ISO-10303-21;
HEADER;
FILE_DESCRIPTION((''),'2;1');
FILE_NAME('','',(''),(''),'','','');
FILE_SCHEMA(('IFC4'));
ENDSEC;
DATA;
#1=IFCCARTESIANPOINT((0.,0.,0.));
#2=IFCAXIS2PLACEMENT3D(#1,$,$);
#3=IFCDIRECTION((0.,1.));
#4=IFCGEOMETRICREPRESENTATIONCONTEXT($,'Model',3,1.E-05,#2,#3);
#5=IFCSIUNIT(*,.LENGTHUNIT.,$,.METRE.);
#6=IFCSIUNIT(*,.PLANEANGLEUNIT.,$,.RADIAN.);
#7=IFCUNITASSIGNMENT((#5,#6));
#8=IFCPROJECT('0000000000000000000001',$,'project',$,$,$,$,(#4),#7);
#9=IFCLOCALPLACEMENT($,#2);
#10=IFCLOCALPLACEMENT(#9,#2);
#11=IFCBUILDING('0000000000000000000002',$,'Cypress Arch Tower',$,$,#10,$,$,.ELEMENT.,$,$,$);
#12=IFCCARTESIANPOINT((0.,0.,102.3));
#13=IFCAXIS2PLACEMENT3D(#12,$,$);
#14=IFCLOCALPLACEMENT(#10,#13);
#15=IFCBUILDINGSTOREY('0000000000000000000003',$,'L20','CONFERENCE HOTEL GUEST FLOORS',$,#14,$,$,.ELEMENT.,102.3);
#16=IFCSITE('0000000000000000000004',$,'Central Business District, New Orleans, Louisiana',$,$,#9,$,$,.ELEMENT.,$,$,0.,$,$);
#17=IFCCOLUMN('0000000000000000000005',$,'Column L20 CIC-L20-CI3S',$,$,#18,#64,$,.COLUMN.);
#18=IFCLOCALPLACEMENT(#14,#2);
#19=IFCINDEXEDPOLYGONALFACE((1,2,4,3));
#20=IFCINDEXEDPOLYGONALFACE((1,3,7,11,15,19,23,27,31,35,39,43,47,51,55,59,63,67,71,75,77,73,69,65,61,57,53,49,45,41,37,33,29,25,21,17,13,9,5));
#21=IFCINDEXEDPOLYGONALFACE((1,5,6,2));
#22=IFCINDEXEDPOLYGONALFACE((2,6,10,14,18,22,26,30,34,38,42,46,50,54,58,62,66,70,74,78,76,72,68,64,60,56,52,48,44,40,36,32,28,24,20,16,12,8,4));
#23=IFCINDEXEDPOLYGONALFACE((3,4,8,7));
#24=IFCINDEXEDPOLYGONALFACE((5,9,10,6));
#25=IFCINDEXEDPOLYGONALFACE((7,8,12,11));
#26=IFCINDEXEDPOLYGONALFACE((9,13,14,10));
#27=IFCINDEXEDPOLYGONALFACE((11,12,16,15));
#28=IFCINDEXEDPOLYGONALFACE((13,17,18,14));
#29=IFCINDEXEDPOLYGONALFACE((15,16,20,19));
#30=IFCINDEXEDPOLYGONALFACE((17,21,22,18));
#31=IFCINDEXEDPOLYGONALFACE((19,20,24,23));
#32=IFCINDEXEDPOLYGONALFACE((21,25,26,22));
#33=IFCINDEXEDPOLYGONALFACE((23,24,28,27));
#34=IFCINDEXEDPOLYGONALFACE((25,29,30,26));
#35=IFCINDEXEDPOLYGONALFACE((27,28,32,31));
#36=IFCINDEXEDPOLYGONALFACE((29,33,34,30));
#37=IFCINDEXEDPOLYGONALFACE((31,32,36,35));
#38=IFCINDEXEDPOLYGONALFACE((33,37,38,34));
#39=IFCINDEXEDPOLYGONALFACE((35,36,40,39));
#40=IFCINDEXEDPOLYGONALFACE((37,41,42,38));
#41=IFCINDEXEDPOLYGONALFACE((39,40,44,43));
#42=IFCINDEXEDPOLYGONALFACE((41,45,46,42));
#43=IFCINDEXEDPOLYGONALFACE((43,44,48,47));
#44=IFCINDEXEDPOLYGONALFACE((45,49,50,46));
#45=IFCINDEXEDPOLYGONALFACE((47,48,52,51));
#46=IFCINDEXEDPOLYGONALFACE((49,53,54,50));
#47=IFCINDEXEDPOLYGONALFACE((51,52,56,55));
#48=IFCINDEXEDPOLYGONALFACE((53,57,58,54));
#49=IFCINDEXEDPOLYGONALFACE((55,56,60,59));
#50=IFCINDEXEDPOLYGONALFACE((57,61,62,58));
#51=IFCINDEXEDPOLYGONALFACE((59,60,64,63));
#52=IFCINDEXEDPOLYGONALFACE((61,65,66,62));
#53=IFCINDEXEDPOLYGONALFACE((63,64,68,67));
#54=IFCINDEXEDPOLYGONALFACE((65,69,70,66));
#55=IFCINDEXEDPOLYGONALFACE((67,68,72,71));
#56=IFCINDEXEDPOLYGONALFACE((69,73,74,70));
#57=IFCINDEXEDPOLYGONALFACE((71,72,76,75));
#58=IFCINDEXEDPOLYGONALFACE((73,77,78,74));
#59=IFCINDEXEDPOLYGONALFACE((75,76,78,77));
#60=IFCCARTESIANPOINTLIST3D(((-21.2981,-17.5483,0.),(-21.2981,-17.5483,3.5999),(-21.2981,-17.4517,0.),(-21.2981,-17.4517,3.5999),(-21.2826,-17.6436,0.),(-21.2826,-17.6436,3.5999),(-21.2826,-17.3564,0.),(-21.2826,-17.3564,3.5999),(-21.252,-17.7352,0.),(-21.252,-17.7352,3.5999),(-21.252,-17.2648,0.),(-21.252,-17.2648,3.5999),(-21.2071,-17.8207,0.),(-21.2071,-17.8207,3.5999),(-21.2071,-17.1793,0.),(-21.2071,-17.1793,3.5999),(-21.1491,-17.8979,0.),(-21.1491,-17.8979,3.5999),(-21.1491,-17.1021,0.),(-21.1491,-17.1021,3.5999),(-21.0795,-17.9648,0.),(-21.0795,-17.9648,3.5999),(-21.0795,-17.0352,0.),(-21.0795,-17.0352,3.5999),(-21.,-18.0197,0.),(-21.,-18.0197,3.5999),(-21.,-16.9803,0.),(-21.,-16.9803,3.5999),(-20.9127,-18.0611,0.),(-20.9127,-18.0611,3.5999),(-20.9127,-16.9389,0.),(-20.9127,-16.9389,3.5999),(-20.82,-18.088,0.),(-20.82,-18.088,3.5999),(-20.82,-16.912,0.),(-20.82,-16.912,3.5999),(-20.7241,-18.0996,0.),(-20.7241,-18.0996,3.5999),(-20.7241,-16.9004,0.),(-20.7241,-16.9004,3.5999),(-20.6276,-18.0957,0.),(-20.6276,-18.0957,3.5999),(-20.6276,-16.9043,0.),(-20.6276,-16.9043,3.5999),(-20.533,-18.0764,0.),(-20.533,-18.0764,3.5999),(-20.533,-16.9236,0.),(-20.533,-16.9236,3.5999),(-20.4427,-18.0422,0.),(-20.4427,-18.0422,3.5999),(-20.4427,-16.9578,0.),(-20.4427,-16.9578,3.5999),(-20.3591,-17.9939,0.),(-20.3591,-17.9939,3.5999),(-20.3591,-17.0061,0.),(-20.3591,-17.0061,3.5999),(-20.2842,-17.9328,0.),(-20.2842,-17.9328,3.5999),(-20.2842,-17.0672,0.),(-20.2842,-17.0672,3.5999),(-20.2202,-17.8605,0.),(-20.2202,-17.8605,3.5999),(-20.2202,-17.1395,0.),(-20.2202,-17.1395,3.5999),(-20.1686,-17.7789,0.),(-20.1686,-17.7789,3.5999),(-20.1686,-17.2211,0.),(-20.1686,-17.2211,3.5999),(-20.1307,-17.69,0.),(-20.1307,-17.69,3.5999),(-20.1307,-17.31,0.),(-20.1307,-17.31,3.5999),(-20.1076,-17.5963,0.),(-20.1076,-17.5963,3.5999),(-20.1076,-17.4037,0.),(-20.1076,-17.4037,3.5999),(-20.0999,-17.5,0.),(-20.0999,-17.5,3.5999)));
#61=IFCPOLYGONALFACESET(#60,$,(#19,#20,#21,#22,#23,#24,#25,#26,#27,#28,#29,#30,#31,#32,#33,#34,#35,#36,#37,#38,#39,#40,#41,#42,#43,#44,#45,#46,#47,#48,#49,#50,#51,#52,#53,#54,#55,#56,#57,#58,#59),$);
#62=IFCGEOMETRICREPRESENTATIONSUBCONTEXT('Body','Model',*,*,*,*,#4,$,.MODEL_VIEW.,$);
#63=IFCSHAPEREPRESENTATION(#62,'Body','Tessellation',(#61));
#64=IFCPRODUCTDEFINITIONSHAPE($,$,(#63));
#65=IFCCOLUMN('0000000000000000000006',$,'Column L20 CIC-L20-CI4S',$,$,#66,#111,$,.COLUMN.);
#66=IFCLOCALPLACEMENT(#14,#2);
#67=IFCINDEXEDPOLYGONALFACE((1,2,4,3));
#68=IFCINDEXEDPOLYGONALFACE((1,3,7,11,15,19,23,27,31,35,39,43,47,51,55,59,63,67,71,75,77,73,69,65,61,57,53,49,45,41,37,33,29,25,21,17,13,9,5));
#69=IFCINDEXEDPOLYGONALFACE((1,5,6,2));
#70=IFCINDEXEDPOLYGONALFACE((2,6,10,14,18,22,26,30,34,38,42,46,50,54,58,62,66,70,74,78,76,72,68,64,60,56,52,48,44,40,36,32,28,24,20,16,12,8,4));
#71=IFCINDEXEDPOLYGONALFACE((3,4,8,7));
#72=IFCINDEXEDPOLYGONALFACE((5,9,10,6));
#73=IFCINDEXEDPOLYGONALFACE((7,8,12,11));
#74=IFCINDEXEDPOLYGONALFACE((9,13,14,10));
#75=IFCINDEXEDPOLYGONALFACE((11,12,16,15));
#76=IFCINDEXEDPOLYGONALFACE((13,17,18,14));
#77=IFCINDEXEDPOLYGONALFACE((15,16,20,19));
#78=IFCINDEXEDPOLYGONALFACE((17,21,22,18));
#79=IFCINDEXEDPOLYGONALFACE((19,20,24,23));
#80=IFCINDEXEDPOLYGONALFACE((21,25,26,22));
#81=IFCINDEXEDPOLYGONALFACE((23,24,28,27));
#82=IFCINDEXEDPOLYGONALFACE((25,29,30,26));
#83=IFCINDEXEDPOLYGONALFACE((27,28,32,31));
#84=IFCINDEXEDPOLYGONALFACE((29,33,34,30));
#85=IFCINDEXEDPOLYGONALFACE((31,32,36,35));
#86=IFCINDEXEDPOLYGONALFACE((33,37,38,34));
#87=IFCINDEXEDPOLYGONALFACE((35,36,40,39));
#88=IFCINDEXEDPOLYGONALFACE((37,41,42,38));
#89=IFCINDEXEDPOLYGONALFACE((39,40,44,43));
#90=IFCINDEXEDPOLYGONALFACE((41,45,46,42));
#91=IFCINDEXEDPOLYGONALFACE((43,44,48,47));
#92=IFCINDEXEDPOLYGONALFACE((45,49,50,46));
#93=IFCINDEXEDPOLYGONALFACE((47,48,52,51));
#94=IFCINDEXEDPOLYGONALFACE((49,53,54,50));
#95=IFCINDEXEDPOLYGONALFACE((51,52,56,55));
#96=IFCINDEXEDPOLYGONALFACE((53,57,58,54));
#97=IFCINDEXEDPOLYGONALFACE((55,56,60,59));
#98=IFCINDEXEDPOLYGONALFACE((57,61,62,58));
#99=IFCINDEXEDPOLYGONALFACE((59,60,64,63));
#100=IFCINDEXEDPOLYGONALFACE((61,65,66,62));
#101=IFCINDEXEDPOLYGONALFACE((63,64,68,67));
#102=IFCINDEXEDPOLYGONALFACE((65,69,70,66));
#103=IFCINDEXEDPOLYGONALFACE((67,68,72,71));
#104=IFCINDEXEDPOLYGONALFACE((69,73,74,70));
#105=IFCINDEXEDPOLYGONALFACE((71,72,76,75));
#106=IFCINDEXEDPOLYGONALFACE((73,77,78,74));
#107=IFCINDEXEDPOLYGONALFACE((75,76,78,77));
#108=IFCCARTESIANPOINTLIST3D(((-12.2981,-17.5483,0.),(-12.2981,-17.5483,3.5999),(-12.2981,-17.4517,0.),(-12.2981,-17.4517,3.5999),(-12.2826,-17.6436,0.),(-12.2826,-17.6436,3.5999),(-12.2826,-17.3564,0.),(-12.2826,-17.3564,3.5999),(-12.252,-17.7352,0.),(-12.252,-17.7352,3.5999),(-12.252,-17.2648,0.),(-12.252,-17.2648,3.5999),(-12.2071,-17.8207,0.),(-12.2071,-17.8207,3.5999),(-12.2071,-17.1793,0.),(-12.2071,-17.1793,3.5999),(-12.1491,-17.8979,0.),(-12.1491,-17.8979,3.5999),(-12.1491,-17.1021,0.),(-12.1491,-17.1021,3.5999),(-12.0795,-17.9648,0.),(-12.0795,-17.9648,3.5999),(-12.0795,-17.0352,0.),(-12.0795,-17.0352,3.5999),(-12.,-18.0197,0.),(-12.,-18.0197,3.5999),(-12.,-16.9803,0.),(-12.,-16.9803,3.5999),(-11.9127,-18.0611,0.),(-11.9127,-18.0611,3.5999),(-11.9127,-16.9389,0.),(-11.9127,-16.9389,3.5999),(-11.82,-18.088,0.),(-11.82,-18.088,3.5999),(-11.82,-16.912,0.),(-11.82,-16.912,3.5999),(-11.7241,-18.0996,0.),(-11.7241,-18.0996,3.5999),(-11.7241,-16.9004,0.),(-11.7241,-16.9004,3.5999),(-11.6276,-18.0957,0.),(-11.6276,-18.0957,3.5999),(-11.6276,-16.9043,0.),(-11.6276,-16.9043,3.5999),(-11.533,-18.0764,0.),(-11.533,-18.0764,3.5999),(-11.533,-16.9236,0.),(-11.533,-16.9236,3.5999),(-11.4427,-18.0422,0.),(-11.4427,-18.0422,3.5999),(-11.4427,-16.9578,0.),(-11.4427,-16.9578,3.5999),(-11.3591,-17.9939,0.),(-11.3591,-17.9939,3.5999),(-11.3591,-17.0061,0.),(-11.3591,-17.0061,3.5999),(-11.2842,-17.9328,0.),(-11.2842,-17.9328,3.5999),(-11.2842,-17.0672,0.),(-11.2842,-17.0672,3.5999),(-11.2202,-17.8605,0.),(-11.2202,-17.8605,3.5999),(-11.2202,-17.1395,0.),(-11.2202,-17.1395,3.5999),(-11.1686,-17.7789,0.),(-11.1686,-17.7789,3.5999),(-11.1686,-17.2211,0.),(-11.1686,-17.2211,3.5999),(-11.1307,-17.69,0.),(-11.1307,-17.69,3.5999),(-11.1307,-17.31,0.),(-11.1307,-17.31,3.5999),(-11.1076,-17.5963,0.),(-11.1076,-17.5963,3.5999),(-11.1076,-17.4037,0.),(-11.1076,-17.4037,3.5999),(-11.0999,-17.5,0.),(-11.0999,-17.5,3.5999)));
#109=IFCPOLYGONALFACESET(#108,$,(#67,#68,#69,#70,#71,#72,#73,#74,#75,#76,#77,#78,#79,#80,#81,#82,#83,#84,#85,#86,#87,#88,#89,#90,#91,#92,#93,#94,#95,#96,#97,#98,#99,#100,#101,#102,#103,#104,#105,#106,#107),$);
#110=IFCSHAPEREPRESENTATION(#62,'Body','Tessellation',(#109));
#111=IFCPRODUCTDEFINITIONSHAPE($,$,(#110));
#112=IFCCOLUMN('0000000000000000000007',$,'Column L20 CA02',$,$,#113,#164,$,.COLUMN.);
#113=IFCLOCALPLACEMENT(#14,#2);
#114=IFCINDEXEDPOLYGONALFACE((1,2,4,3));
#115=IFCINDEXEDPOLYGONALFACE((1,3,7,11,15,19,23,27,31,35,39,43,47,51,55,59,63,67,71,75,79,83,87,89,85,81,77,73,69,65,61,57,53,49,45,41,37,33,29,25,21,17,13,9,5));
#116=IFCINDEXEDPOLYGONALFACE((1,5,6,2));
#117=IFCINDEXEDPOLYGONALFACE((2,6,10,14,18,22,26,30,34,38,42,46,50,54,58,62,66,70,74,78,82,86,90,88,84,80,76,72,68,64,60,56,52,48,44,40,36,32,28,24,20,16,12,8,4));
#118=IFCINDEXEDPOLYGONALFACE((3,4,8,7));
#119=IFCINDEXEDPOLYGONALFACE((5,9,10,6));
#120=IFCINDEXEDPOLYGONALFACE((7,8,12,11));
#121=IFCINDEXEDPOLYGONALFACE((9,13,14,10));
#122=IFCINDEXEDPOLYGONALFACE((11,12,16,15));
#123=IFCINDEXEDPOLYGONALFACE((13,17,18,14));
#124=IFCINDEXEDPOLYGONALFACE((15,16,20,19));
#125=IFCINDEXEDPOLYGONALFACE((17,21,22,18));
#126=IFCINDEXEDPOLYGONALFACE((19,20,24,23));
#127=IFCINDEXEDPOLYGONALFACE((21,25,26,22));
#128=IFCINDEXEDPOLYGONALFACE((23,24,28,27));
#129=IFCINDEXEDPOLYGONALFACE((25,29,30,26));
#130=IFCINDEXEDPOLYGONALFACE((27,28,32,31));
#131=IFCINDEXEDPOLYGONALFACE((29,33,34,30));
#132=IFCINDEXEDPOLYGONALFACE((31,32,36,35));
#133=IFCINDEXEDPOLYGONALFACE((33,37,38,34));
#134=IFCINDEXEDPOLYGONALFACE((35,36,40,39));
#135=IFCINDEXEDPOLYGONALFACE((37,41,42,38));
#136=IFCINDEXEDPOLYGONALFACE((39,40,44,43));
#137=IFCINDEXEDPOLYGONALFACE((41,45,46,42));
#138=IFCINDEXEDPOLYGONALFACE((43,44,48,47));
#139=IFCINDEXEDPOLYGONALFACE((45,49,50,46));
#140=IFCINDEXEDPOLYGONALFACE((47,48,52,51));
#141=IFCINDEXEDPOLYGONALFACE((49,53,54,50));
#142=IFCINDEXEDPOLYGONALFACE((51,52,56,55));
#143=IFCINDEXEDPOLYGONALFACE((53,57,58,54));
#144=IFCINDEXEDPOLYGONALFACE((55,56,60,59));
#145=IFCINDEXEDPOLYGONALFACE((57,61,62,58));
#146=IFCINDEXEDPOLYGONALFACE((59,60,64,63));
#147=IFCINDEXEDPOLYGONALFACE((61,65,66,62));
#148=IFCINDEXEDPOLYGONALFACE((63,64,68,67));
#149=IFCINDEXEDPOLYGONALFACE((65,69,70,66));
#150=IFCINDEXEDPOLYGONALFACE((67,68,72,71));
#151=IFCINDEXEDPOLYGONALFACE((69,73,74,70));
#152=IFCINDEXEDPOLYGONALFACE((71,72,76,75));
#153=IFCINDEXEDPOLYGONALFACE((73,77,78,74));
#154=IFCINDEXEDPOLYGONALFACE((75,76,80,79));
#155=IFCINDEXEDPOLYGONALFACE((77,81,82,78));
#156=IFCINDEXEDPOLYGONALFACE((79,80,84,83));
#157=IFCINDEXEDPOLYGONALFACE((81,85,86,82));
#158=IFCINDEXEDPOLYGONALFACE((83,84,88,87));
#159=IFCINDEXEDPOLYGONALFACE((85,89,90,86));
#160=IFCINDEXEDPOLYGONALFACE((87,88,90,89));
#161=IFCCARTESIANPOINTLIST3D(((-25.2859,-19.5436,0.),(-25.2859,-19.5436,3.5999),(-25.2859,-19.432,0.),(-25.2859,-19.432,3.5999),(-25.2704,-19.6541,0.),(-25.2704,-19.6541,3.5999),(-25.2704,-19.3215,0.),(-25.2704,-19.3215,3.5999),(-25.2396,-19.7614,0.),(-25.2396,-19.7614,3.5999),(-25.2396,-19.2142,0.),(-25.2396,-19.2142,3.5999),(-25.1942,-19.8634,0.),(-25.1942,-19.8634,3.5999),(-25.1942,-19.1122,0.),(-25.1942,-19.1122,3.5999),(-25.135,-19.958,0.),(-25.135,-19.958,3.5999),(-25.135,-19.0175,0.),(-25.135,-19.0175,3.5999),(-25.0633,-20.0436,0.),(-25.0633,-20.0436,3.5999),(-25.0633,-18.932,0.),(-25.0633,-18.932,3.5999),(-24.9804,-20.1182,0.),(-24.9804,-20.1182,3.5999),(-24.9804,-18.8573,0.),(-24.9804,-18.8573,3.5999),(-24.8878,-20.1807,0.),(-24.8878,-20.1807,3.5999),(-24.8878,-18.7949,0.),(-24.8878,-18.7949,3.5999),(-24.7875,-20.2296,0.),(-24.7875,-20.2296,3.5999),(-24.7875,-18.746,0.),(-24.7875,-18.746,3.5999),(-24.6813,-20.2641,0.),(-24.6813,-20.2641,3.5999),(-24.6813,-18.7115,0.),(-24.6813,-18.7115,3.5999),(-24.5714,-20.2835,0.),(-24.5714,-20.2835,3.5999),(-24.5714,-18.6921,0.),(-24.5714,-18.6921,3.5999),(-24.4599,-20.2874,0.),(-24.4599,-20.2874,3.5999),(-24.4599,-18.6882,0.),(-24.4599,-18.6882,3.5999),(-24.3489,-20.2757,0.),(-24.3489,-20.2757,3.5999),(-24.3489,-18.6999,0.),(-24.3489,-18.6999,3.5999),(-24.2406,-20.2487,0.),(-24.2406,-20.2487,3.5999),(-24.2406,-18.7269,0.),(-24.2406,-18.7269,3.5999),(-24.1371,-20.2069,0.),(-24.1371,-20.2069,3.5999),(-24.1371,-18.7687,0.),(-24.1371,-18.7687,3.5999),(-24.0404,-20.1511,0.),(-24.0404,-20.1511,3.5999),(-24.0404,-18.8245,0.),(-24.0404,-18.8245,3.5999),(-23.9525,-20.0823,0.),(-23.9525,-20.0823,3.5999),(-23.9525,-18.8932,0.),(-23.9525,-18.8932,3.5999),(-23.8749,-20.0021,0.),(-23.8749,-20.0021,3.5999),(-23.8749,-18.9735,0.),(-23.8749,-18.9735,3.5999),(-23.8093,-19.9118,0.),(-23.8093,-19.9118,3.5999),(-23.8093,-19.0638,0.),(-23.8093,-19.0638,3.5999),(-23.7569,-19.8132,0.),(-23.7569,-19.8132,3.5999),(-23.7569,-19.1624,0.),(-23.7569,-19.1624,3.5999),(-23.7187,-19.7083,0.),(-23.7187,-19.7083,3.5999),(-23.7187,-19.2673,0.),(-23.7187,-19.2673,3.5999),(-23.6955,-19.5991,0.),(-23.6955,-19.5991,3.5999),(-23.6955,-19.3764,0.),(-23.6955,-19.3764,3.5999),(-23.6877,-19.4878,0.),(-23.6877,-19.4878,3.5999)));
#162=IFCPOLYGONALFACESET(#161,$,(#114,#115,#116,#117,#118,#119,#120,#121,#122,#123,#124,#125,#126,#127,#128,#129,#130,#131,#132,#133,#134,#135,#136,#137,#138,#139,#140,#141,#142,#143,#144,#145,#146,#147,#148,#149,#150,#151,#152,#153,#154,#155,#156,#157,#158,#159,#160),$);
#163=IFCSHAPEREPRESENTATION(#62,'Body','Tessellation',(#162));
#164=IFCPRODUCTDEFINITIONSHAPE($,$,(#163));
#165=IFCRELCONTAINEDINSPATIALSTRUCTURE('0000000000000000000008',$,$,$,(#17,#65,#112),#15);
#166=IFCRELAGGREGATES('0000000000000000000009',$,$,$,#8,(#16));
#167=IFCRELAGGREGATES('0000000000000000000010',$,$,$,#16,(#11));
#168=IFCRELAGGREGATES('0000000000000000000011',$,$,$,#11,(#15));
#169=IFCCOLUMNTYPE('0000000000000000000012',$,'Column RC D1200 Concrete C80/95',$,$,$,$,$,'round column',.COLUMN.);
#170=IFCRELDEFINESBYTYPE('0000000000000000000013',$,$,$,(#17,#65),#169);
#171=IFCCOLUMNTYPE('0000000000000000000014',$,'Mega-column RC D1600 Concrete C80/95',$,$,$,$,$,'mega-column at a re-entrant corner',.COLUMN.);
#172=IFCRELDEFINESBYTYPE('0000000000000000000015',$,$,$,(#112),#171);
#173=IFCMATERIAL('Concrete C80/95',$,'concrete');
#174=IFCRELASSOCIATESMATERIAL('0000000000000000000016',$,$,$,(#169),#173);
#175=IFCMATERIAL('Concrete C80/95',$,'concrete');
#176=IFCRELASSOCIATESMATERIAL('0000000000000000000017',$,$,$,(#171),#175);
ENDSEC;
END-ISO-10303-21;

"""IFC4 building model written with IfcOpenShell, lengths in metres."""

from ifc_helpers import new_model, si_unit, direction, frame, origin, origin_2d, place, context, subcontext, project, spatial, circle, extrude, material, material_profile, profile_set, type_object, element, save


model = new_model("IFC4")

# Units and contexts
model_context = context("Model", 3, precision=1e-05, world=origin(), true_north=direction((0.0, 1.0)))
body_context = subcontext(model_context, "Body", "Model", "MODEL_VIEW")
ifc_project = project(units=[si_unit("LENGTHUNIT", "METRE"), si_unit("PLANEANGLEUNIT", "RADIAN")], contexts=[model_context])

# Site, building, storey
site_placement = place(None, origin())
site = spatial("IfcSite", under=ifc_project, at=site_placement, Name="Central Business District, New Orleans, Louisiana", CompositionType="ELEMENT", RefElevation=0.0)
building_placement = place(site_placement, origin())
building = spatial("IfcBuilding", under=site, at=building_placement, Name="Cypress Arch Tower", CompositionType="ELEMENT")
storey_placement = place(building_placement, frame((0.0, 0.0, 102.3)))
storey = spatial("IfcBuildingStorey", under=building, at=storey_placement, Name="L20", Description="CONFERENCE HOTEL GUEST FLOORS", CompositionType="ELEMENT", Elevation=102.3)

# Columns
ifc_material_1 = material(Name="Concrete C80/95", Category="concrete")
ifc_material_profile_1 = material_profile(ifc_material_1, circle(Radius=0.6001, at=origin_2d()), Name="RC D1200")
ifc_profile_set_1 = profile_set([ifc_material_profile_1], Name="Concrete C80/95")
column_type_1 = type_object("IfcColumnType", Name="Column RC D1200 Concrete C80/95", ElementType="round column", PredefinedType="COLUMN", material=ifc_profile_set_1)
for number, where, z_axis, x_axis, name in (
    (1, (-20.7, -17.5, 0.0), (0.0, 0.0, 1.0), (1.0, 0.0, 0.0), "Column L20 CIC-L20-CI3S"),
    (2, (-11.7, -17.5, 0.0), (0.0, 0.0, 1.0), (1.0, 0.0, 0.0), "Column L20 CIC-L20-CI4S"),
):
    element("IfcColumn", number, at=place(storey_placement, frame(where, z_axis=z_axis, x_axis=x_axis)), inside=storey, type_object=column_type_1, Name=name, PredefinedType="COLUMN", context=body_context, shape_type="SweptSolid", body=[
        extrude(circle(Radius=0.6001, at=origin_2d()), origin(), (0.0, 0.0, 1.0), 3.5999),
    ])
ifc_material_2 = material(Name="Concrete C80/95", Category="concrete")
ifc_material_profile_2 = material_profile(ifc_material_2, circle(Radius=0.8, at=origin_2d()), Name="RC D1600")
ifc_profile_set_2 = profile_set([ifc_material_profile_2], Name="Concrete C80/95")
column_type_2 = type_object("IfcColumnType", Name="Mega-column RC D1600 Concrete C80/95", ElementType="mega-column at a re-entrant corner", PredefinedType="COLUMN", material=ifc_profile_set_2)
column_placement = place(storey_placement, frame((-24.4878, -19.4878, 0.0), z_axis=(0.0, 0.0, 1.0), x_axis=(1.0, 0.0, 0.0)))
element("IfcColumn", 3, at=column_placement, inside=storey, type_object=column_type_2, Name="Column L20 CA02", PredefinedType="COLUMN", context=body_context, shape_type="SweptSolid", body=[
    extrude(circle(Radius=0.8, at=origin_2d()), origin(), (0.0, 0.0, 1.0), 3.5999),
])

save(model, "model.ifc")
